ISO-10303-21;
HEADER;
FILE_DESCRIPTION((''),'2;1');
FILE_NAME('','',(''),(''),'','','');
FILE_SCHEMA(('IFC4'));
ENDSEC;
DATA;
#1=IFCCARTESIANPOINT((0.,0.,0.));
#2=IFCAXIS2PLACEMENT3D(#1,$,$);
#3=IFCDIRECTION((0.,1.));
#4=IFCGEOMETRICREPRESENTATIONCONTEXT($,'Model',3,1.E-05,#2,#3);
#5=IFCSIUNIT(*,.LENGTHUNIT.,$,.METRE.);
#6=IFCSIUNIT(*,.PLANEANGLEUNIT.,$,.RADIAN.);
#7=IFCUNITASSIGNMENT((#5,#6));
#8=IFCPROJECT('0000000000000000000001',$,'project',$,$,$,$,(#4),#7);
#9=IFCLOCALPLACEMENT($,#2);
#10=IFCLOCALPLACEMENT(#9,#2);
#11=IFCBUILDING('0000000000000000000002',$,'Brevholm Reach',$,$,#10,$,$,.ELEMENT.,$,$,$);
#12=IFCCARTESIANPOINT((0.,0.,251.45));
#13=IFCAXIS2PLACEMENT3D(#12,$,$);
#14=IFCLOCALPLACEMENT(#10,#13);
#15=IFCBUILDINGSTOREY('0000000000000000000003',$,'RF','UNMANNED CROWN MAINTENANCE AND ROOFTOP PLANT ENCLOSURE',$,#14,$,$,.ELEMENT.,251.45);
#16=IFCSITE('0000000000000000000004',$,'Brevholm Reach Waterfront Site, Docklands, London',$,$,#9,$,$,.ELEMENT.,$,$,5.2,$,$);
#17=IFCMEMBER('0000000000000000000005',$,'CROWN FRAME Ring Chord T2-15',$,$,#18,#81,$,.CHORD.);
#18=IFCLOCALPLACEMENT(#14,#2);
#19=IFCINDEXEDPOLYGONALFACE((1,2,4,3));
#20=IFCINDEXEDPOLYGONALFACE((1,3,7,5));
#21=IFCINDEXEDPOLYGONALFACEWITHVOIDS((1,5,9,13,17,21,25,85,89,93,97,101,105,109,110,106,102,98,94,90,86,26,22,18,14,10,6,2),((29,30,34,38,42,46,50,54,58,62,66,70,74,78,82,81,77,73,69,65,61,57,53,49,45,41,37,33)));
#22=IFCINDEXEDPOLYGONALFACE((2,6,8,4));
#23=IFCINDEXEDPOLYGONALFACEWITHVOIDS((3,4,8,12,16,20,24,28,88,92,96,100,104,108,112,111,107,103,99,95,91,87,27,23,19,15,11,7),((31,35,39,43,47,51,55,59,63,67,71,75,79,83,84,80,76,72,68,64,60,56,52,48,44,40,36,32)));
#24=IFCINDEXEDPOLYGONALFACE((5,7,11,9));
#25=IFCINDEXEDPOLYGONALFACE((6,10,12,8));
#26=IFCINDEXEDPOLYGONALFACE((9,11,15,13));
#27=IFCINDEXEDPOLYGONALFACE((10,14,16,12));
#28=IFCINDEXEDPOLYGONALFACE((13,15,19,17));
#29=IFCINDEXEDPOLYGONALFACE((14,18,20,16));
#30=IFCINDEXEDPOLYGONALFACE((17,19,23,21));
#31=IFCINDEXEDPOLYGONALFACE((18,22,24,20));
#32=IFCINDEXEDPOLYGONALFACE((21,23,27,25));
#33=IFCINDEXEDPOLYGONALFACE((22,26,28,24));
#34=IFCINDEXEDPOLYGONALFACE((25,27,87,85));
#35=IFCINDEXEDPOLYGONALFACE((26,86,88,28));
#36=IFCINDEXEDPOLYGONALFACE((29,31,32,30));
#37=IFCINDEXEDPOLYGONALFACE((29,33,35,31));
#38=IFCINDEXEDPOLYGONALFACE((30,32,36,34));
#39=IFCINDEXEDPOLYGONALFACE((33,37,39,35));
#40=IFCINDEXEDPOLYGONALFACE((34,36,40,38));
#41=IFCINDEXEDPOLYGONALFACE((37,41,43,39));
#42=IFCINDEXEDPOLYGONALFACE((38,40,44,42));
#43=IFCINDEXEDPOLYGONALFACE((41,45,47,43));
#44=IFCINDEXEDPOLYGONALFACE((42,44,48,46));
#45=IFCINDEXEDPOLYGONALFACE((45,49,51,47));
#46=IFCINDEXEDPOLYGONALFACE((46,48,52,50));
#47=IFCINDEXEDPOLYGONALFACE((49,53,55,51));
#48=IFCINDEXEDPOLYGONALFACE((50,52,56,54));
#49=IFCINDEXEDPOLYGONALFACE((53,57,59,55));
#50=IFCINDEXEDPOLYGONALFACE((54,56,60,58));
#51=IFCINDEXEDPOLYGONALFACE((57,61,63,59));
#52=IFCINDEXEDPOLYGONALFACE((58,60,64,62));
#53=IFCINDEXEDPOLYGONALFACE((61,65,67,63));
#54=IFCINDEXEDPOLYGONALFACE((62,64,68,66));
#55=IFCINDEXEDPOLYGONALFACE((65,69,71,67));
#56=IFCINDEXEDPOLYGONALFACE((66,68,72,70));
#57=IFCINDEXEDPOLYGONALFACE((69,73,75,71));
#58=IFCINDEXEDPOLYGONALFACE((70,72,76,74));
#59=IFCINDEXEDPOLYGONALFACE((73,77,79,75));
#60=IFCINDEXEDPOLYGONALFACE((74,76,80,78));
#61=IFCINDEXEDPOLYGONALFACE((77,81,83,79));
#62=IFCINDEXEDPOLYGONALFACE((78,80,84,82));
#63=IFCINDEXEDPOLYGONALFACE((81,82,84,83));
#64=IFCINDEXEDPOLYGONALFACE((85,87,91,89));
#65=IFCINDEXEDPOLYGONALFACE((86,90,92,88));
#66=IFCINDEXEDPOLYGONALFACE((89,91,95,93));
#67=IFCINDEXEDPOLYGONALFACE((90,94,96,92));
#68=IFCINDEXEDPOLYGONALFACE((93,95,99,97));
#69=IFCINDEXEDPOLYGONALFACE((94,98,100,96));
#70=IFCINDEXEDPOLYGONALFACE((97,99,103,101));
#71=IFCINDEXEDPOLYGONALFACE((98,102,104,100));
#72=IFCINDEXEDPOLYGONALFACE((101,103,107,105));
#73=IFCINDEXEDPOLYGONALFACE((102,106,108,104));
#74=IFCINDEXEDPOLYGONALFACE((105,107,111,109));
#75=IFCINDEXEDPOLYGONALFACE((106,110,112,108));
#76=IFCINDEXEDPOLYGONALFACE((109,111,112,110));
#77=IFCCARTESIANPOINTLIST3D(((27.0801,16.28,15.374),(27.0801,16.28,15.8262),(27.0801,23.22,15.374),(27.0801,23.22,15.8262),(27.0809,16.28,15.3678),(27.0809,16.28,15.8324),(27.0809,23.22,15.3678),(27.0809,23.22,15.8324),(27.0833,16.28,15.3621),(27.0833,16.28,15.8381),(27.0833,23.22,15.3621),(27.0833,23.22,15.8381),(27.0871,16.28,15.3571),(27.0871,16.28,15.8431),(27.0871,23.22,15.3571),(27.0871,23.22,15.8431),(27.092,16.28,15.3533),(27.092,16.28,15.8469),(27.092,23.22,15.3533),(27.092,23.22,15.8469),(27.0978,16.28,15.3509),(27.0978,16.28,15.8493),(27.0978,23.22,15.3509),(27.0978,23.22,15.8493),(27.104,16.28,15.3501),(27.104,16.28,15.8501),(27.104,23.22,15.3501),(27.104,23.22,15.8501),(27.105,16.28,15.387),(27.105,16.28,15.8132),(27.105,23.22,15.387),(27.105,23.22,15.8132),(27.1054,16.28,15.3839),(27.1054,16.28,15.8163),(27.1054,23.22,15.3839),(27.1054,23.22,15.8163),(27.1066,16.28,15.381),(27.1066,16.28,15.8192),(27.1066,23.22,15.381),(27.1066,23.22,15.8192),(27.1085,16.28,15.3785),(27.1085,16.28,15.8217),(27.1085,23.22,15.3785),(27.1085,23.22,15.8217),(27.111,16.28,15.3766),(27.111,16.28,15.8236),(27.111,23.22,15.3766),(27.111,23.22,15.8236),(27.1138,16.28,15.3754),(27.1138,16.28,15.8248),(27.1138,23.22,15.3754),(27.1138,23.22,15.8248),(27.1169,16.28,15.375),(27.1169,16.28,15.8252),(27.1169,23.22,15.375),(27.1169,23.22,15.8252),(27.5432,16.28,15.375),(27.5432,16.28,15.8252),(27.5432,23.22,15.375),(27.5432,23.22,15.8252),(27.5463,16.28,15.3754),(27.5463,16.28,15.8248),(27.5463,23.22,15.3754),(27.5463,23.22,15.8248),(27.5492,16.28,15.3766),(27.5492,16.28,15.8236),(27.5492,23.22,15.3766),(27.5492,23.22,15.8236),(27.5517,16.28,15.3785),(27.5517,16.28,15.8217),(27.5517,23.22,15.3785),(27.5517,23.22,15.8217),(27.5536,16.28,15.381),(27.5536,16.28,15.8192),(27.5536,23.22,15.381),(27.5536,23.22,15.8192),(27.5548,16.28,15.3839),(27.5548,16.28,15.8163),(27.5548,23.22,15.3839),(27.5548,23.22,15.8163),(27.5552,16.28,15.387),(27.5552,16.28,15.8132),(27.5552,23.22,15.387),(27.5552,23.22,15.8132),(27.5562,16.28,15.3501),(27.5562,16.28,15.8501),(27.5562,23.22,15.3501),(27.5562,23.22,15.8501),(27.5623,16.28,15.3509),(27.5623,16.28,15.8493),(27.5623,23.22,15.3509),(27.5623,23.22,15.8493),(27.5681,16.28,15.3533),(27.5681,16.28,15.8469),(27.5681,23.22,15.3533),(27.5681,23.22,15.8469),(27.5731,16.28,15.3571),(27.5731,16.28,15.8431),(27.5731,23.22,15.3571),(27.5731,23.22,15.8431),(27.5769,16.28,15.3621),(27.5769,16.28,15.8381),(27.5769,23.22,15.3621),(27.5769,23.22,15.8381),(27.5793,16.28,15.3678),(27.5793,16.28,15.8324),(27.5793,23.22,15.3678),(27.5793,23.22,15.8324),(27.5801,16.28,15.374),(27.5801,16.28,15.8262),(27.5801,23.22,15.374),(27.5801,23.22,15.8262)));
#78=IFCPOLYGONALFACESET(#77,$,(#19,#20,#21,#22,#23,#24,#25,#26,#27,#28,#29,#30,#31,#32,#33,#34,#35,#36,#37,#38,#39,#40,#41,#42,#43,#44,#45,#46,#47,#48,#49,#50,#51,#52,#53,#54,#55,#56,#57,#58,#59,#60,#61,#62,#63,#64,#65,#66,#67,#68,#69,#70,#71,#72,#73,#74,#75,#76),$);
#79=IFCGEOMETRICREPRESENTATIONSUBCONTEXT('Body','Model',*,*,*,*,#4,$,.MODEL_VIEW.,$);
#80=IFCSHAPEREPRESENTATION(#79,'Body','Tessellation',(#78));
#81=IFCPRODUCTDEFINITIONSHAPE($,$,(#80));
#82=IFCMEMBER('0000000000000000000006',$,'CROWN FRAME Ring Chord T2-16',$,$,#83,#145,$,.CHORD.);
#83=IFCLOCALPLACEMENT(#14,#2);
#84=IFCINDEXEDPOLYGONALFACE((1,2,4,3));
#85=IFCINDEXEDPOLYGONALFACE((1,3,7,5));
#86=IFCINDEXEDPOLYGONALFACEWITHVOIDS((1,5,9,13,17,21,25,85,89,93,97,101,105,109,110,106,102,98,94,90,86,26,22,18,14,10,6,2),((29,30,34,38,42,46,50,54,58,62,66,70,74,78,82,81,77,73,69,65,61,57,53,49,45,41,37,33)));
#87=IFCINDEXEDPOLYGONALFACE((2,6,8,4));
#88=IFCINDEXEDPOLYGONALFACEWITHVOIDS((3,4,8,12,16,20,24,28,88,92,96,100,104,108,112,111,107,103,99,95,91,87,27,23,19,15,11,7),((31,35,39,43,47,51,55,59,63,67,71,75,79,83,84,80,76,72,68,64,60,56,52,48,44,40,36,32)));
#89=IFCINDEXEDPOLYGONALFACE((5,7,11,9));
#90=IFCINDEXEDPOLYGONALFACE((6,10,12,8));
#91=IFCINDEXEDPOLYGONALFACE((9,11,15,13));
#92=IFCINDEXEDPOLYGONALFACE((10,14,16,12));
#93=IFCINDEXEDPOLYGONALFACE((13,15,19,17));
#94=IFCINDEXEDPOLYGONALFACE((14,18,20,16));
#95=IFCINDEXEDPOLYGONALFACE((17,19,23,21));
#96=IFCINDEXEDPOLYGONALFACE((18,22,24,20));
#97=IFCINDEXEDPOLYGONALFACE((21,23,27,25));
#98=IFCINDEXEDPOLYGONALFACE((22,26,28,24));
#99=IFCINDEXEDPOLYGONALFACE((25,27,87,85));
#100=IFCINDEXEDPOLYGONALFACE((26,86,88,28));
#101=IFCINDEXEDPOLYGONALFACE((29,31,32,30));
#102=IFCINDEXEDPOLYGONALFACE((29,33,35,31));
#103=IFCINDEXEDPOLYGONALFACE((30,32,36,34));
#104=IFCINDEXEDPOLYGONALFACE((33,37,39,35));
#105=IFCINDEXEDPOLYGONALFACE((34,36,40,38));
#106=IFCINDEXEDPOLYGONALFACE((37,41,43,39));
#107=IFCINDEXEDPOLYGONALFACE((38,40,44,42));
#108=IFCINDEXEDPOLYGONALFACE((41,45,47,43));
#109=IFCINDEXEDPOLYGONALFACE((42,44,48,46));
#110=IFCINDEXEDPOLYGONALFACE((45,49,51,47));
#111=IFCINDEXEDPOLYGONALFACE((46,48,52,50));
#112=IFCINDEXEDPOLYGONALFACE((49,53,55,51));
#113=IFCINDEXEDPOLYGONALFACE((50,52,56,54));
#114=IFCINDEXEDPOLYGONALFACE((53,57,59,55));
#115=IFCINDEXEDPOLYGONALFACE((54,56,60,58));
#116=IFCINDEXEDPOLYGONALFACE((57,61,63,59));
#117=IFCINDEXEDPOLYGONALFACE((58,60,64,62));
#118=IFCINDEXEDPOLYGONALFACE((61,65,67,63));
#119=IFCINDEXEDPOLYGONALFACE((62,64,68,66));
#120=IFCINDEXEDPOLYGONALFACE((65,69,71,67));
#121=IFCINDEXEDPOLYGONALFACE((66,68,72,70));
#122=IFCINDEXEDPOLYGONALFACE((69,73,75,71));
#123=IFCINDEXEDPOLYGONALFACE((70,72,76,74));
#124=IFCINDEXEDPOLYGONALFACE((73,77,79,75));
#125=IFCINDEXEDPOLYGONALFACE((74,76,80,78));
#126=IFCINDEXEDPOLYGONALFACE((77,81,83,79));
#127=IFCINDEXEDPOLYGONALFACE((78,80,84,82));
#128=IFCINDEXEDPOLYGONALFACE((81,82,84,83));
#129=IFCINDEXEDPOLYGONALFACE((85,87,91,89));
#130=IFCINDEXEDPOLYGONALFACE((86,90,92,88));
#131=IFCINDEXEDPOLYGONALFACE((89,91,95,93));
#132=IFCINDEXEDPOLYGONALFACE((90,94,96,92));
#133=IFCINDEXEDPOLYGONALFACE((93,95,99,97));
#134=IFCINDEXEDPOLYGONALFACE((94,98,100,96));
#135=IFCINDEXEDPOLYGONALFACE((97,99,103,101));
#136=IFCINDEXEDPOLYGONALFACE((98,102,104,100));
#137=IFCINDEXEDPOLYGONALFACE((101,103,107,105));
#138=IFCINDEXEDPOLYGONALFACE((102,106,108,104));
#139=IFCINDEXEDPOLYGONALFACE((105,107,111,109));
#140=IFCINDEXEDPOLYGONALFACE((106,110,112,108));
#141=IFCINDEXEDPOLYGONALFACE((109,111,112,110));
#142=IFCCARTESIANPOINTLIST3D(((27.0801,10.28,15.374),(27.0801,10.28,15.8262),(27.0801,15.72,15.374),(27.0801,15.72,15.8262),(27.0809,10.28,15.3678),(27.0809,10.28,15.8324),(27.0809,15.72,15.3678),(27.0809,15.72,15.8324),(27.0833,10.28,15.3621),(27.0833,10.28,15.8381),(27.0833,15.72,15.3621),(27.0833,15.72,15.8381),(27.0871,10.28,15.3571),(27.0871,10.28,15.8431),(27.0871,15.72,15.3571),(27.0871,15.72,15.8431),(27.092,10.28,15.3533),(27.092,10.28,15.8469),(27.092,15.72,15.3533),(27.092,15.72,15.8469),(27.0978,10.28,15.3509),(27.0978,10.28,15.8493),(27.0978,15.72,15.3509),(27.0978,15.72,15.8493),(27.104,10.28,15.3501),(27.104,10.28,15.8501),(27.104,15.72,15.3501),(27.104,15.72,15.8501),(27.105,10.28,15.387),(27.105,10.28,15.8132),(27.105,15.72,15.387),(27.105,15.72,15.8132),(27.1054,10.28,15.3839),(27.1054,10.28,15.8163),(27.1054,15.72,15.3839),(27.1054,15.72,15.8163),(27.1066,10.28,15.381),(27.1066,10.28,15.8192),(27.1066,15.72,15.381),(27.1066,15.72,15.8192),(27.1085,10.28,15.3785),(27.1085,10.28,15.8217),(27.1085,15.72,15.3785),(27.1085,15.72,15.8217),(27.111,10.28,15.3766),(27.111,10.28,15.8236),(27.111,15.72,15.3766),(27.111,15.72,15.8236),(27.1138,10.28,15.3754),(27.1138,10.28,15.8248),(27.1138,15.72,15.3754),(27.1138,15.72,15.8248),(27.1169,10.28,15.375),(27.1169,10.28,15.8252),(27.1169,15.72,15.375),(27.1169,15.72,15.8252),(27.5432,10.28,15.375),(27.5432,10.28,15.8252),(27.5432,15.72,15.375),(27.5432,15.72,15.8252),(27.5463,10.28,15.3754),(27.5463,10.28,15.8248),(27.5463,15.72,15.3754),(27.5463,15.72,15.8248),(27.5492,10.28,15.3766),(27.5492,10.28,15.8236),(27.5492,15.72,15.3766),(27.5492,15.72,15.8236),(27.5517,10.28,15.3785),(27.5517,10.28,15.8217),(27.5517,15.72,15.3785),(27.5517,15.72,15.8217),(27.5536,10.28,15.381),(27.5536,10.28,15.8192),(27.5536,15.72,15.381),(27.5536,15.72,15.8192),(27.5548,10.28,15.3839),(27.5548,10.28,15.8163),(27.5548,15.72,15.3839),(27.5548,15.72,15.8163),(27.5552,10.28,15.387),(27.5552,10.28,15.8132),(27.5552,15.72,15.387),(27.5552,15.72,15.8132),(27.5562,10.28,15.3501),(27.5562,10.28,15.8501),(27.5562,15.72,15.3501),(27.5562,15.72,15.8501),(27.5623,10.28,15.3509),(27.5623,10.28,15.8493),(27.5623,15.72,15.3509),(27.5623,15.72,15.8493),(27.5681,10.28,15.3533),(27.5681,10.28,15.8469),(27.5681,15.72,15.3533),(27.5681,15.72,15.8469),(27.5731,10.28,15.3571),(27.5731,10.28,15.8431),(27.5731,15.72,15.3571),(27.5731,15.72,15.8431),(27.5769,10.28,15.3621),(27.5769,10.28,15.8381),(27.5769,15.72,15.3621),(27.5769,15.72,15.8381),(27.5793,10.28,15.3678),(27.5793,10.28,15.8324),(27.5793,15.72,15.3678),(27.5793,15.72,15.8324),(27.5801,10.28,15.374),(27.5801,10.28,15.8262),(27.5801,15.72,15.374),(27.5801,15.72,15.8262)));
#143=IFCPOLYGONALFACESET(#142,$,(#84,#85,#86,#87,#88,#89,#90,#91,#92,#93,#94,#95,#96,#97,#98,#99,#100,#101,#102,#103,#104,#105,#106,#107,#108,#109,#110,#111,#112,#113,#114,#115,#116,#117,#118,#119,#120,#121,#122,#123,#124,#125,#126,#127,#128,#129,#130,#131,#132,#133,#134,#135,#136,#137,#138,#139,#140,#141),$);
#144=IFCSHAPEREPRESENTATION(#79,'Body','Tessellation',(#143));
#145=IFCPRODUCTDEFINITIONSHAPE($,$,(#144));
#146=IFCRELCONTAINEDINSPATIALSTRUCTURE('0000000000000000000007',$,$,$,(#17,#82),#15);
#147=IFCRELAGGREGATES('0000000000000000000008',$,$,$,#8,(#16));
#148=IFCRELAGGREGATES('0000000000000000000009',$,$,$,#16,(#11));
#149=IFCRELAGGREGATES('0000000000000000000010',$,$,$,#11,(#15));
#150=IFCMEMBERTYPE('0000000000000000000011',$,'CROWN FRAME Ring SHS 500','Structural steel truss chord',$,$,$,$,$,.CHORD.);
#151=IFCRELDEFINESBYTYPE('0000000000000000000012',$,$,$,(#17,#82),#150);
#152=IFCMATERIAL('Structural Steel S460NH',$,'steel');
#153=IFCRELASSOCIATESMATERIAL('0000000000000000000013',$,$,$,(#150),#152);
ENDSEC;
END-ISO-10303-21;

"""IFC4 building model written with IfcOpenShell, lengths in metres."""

from ifc_helpers import new_model, si_unit, direction, frame, origin, origin_2d, place, context, subcontext, project, spatial, hollow_rectangle, extrude, material, material_profile, profile_set, type_object, element, save


model = new_model("IFC4")

# Units and contexts
model_context = context("Model", 3, precision=1e-05, world=origin(), true_north=direction((0.0, 1.0)))
body_context = subcontext(model_context, "Body", "Model", "MODEL_VIEW")
ifc_project = project(units=[si_unit("LENGTHUNIT", "METRE"), si_unit("PLANEANGLEUNIT", "RADIAN")], contexts=[model_context])

# Site, building, storey
site_placement = place(None, origin())
site = spatial("IfcSite", under=ifc_project, at=site_placement, Name="Brevholm Reach Waterfront Site, Docklands, London", CompositionType="ELEMENT", RefElevation=5.2)
building_placement = place(site_placement, origin())
building = spatial("IfcBuilding", under=site, at=building_placement, Name="Brevholm Reach", CompositionType="ELEMENT")
storey_placement = place(building_placement, frame((0.0, 0.0, 251.45)))
storey = spatial("IfcBuildingStorey", under=building, at=storey_placement, Name="RF", Description="UNMANNED CROWN MAINTENANCE AND ROOFTOP PLANT ENCLOSURE", CompositionType="ELEMENT", Elevation=251.45)

# Members
ifc_material_1 = material(Name="Structural Steel S460NH", Category="steel")
ifc_material_profile_1 = material_profile(ifc_material_1, hollow_rectangle(XDim=0.5, YDim=0.5, WallThickness=0.0249, InnerFilletRadius=0.012, OuterFilletRadius=0.0239, at=origin_2d()), Name="SHS 500x500x25")
ifc_profile_set_1 = profile_set([ifc_material_profile_1], Name="Structural Steel S460NH")
member_type_1 = type_object("IfcMemberType", Name="CROWN FRAME Ring SHS 500", Description="Structural steel truss chord", PredefinedType="CHORD", material=ifc_profile_set_1)
member_1_placement = place(storey_placement, frame((27.3301, 23.22, 15.6001), z_axis=(0.0, -1.0, 0.0), x_axis=(1.0, 0.0, 0.0)))
element("IfcMember", 1, at=member_1_placement, inside=storey, type_object=member_type_1, Name="CROWN FRAME Ring Chord T2-15", PredefinedType="CHORD", context=body_context, shape_type="SweptSolid", body=[
    extrude(hollow_rectangle(XDim=0.5, YDim=0.5, WallThickness=0.0249, InnerFilletRadius=0.012, OuterFilletRadius=0.0239, at=origin_2d()), origin(), (0.0, 0.0, 1.0), 6.9399),
])
member_2_placement = place(storey_placement, frame((27.3301, 15.72, 15.6001), z_axis=(0.0, -1.0, 0.0), x_axis=(1.0, 0.0, 0.0)))
element("IfcMember", 2, at=member_2_placement, inside=storey, type_object=member_type_1, Name="CROWN FRAME Ring Chord T2-16", PredefinedType="CHORD", context=body_context, shape_type="SweptSolid", body=[
    extrude(hollow_rectangle(XDim=0.5, YDim=0.5, WallThickness=0.0249, InnerFilletRadius=0.012, OuterFilletRadius=0.0239, at=origin_2d()), origin(), (0.0, 0.0, 1.0), 5.4399),
])

save(model, "model.ifc")
